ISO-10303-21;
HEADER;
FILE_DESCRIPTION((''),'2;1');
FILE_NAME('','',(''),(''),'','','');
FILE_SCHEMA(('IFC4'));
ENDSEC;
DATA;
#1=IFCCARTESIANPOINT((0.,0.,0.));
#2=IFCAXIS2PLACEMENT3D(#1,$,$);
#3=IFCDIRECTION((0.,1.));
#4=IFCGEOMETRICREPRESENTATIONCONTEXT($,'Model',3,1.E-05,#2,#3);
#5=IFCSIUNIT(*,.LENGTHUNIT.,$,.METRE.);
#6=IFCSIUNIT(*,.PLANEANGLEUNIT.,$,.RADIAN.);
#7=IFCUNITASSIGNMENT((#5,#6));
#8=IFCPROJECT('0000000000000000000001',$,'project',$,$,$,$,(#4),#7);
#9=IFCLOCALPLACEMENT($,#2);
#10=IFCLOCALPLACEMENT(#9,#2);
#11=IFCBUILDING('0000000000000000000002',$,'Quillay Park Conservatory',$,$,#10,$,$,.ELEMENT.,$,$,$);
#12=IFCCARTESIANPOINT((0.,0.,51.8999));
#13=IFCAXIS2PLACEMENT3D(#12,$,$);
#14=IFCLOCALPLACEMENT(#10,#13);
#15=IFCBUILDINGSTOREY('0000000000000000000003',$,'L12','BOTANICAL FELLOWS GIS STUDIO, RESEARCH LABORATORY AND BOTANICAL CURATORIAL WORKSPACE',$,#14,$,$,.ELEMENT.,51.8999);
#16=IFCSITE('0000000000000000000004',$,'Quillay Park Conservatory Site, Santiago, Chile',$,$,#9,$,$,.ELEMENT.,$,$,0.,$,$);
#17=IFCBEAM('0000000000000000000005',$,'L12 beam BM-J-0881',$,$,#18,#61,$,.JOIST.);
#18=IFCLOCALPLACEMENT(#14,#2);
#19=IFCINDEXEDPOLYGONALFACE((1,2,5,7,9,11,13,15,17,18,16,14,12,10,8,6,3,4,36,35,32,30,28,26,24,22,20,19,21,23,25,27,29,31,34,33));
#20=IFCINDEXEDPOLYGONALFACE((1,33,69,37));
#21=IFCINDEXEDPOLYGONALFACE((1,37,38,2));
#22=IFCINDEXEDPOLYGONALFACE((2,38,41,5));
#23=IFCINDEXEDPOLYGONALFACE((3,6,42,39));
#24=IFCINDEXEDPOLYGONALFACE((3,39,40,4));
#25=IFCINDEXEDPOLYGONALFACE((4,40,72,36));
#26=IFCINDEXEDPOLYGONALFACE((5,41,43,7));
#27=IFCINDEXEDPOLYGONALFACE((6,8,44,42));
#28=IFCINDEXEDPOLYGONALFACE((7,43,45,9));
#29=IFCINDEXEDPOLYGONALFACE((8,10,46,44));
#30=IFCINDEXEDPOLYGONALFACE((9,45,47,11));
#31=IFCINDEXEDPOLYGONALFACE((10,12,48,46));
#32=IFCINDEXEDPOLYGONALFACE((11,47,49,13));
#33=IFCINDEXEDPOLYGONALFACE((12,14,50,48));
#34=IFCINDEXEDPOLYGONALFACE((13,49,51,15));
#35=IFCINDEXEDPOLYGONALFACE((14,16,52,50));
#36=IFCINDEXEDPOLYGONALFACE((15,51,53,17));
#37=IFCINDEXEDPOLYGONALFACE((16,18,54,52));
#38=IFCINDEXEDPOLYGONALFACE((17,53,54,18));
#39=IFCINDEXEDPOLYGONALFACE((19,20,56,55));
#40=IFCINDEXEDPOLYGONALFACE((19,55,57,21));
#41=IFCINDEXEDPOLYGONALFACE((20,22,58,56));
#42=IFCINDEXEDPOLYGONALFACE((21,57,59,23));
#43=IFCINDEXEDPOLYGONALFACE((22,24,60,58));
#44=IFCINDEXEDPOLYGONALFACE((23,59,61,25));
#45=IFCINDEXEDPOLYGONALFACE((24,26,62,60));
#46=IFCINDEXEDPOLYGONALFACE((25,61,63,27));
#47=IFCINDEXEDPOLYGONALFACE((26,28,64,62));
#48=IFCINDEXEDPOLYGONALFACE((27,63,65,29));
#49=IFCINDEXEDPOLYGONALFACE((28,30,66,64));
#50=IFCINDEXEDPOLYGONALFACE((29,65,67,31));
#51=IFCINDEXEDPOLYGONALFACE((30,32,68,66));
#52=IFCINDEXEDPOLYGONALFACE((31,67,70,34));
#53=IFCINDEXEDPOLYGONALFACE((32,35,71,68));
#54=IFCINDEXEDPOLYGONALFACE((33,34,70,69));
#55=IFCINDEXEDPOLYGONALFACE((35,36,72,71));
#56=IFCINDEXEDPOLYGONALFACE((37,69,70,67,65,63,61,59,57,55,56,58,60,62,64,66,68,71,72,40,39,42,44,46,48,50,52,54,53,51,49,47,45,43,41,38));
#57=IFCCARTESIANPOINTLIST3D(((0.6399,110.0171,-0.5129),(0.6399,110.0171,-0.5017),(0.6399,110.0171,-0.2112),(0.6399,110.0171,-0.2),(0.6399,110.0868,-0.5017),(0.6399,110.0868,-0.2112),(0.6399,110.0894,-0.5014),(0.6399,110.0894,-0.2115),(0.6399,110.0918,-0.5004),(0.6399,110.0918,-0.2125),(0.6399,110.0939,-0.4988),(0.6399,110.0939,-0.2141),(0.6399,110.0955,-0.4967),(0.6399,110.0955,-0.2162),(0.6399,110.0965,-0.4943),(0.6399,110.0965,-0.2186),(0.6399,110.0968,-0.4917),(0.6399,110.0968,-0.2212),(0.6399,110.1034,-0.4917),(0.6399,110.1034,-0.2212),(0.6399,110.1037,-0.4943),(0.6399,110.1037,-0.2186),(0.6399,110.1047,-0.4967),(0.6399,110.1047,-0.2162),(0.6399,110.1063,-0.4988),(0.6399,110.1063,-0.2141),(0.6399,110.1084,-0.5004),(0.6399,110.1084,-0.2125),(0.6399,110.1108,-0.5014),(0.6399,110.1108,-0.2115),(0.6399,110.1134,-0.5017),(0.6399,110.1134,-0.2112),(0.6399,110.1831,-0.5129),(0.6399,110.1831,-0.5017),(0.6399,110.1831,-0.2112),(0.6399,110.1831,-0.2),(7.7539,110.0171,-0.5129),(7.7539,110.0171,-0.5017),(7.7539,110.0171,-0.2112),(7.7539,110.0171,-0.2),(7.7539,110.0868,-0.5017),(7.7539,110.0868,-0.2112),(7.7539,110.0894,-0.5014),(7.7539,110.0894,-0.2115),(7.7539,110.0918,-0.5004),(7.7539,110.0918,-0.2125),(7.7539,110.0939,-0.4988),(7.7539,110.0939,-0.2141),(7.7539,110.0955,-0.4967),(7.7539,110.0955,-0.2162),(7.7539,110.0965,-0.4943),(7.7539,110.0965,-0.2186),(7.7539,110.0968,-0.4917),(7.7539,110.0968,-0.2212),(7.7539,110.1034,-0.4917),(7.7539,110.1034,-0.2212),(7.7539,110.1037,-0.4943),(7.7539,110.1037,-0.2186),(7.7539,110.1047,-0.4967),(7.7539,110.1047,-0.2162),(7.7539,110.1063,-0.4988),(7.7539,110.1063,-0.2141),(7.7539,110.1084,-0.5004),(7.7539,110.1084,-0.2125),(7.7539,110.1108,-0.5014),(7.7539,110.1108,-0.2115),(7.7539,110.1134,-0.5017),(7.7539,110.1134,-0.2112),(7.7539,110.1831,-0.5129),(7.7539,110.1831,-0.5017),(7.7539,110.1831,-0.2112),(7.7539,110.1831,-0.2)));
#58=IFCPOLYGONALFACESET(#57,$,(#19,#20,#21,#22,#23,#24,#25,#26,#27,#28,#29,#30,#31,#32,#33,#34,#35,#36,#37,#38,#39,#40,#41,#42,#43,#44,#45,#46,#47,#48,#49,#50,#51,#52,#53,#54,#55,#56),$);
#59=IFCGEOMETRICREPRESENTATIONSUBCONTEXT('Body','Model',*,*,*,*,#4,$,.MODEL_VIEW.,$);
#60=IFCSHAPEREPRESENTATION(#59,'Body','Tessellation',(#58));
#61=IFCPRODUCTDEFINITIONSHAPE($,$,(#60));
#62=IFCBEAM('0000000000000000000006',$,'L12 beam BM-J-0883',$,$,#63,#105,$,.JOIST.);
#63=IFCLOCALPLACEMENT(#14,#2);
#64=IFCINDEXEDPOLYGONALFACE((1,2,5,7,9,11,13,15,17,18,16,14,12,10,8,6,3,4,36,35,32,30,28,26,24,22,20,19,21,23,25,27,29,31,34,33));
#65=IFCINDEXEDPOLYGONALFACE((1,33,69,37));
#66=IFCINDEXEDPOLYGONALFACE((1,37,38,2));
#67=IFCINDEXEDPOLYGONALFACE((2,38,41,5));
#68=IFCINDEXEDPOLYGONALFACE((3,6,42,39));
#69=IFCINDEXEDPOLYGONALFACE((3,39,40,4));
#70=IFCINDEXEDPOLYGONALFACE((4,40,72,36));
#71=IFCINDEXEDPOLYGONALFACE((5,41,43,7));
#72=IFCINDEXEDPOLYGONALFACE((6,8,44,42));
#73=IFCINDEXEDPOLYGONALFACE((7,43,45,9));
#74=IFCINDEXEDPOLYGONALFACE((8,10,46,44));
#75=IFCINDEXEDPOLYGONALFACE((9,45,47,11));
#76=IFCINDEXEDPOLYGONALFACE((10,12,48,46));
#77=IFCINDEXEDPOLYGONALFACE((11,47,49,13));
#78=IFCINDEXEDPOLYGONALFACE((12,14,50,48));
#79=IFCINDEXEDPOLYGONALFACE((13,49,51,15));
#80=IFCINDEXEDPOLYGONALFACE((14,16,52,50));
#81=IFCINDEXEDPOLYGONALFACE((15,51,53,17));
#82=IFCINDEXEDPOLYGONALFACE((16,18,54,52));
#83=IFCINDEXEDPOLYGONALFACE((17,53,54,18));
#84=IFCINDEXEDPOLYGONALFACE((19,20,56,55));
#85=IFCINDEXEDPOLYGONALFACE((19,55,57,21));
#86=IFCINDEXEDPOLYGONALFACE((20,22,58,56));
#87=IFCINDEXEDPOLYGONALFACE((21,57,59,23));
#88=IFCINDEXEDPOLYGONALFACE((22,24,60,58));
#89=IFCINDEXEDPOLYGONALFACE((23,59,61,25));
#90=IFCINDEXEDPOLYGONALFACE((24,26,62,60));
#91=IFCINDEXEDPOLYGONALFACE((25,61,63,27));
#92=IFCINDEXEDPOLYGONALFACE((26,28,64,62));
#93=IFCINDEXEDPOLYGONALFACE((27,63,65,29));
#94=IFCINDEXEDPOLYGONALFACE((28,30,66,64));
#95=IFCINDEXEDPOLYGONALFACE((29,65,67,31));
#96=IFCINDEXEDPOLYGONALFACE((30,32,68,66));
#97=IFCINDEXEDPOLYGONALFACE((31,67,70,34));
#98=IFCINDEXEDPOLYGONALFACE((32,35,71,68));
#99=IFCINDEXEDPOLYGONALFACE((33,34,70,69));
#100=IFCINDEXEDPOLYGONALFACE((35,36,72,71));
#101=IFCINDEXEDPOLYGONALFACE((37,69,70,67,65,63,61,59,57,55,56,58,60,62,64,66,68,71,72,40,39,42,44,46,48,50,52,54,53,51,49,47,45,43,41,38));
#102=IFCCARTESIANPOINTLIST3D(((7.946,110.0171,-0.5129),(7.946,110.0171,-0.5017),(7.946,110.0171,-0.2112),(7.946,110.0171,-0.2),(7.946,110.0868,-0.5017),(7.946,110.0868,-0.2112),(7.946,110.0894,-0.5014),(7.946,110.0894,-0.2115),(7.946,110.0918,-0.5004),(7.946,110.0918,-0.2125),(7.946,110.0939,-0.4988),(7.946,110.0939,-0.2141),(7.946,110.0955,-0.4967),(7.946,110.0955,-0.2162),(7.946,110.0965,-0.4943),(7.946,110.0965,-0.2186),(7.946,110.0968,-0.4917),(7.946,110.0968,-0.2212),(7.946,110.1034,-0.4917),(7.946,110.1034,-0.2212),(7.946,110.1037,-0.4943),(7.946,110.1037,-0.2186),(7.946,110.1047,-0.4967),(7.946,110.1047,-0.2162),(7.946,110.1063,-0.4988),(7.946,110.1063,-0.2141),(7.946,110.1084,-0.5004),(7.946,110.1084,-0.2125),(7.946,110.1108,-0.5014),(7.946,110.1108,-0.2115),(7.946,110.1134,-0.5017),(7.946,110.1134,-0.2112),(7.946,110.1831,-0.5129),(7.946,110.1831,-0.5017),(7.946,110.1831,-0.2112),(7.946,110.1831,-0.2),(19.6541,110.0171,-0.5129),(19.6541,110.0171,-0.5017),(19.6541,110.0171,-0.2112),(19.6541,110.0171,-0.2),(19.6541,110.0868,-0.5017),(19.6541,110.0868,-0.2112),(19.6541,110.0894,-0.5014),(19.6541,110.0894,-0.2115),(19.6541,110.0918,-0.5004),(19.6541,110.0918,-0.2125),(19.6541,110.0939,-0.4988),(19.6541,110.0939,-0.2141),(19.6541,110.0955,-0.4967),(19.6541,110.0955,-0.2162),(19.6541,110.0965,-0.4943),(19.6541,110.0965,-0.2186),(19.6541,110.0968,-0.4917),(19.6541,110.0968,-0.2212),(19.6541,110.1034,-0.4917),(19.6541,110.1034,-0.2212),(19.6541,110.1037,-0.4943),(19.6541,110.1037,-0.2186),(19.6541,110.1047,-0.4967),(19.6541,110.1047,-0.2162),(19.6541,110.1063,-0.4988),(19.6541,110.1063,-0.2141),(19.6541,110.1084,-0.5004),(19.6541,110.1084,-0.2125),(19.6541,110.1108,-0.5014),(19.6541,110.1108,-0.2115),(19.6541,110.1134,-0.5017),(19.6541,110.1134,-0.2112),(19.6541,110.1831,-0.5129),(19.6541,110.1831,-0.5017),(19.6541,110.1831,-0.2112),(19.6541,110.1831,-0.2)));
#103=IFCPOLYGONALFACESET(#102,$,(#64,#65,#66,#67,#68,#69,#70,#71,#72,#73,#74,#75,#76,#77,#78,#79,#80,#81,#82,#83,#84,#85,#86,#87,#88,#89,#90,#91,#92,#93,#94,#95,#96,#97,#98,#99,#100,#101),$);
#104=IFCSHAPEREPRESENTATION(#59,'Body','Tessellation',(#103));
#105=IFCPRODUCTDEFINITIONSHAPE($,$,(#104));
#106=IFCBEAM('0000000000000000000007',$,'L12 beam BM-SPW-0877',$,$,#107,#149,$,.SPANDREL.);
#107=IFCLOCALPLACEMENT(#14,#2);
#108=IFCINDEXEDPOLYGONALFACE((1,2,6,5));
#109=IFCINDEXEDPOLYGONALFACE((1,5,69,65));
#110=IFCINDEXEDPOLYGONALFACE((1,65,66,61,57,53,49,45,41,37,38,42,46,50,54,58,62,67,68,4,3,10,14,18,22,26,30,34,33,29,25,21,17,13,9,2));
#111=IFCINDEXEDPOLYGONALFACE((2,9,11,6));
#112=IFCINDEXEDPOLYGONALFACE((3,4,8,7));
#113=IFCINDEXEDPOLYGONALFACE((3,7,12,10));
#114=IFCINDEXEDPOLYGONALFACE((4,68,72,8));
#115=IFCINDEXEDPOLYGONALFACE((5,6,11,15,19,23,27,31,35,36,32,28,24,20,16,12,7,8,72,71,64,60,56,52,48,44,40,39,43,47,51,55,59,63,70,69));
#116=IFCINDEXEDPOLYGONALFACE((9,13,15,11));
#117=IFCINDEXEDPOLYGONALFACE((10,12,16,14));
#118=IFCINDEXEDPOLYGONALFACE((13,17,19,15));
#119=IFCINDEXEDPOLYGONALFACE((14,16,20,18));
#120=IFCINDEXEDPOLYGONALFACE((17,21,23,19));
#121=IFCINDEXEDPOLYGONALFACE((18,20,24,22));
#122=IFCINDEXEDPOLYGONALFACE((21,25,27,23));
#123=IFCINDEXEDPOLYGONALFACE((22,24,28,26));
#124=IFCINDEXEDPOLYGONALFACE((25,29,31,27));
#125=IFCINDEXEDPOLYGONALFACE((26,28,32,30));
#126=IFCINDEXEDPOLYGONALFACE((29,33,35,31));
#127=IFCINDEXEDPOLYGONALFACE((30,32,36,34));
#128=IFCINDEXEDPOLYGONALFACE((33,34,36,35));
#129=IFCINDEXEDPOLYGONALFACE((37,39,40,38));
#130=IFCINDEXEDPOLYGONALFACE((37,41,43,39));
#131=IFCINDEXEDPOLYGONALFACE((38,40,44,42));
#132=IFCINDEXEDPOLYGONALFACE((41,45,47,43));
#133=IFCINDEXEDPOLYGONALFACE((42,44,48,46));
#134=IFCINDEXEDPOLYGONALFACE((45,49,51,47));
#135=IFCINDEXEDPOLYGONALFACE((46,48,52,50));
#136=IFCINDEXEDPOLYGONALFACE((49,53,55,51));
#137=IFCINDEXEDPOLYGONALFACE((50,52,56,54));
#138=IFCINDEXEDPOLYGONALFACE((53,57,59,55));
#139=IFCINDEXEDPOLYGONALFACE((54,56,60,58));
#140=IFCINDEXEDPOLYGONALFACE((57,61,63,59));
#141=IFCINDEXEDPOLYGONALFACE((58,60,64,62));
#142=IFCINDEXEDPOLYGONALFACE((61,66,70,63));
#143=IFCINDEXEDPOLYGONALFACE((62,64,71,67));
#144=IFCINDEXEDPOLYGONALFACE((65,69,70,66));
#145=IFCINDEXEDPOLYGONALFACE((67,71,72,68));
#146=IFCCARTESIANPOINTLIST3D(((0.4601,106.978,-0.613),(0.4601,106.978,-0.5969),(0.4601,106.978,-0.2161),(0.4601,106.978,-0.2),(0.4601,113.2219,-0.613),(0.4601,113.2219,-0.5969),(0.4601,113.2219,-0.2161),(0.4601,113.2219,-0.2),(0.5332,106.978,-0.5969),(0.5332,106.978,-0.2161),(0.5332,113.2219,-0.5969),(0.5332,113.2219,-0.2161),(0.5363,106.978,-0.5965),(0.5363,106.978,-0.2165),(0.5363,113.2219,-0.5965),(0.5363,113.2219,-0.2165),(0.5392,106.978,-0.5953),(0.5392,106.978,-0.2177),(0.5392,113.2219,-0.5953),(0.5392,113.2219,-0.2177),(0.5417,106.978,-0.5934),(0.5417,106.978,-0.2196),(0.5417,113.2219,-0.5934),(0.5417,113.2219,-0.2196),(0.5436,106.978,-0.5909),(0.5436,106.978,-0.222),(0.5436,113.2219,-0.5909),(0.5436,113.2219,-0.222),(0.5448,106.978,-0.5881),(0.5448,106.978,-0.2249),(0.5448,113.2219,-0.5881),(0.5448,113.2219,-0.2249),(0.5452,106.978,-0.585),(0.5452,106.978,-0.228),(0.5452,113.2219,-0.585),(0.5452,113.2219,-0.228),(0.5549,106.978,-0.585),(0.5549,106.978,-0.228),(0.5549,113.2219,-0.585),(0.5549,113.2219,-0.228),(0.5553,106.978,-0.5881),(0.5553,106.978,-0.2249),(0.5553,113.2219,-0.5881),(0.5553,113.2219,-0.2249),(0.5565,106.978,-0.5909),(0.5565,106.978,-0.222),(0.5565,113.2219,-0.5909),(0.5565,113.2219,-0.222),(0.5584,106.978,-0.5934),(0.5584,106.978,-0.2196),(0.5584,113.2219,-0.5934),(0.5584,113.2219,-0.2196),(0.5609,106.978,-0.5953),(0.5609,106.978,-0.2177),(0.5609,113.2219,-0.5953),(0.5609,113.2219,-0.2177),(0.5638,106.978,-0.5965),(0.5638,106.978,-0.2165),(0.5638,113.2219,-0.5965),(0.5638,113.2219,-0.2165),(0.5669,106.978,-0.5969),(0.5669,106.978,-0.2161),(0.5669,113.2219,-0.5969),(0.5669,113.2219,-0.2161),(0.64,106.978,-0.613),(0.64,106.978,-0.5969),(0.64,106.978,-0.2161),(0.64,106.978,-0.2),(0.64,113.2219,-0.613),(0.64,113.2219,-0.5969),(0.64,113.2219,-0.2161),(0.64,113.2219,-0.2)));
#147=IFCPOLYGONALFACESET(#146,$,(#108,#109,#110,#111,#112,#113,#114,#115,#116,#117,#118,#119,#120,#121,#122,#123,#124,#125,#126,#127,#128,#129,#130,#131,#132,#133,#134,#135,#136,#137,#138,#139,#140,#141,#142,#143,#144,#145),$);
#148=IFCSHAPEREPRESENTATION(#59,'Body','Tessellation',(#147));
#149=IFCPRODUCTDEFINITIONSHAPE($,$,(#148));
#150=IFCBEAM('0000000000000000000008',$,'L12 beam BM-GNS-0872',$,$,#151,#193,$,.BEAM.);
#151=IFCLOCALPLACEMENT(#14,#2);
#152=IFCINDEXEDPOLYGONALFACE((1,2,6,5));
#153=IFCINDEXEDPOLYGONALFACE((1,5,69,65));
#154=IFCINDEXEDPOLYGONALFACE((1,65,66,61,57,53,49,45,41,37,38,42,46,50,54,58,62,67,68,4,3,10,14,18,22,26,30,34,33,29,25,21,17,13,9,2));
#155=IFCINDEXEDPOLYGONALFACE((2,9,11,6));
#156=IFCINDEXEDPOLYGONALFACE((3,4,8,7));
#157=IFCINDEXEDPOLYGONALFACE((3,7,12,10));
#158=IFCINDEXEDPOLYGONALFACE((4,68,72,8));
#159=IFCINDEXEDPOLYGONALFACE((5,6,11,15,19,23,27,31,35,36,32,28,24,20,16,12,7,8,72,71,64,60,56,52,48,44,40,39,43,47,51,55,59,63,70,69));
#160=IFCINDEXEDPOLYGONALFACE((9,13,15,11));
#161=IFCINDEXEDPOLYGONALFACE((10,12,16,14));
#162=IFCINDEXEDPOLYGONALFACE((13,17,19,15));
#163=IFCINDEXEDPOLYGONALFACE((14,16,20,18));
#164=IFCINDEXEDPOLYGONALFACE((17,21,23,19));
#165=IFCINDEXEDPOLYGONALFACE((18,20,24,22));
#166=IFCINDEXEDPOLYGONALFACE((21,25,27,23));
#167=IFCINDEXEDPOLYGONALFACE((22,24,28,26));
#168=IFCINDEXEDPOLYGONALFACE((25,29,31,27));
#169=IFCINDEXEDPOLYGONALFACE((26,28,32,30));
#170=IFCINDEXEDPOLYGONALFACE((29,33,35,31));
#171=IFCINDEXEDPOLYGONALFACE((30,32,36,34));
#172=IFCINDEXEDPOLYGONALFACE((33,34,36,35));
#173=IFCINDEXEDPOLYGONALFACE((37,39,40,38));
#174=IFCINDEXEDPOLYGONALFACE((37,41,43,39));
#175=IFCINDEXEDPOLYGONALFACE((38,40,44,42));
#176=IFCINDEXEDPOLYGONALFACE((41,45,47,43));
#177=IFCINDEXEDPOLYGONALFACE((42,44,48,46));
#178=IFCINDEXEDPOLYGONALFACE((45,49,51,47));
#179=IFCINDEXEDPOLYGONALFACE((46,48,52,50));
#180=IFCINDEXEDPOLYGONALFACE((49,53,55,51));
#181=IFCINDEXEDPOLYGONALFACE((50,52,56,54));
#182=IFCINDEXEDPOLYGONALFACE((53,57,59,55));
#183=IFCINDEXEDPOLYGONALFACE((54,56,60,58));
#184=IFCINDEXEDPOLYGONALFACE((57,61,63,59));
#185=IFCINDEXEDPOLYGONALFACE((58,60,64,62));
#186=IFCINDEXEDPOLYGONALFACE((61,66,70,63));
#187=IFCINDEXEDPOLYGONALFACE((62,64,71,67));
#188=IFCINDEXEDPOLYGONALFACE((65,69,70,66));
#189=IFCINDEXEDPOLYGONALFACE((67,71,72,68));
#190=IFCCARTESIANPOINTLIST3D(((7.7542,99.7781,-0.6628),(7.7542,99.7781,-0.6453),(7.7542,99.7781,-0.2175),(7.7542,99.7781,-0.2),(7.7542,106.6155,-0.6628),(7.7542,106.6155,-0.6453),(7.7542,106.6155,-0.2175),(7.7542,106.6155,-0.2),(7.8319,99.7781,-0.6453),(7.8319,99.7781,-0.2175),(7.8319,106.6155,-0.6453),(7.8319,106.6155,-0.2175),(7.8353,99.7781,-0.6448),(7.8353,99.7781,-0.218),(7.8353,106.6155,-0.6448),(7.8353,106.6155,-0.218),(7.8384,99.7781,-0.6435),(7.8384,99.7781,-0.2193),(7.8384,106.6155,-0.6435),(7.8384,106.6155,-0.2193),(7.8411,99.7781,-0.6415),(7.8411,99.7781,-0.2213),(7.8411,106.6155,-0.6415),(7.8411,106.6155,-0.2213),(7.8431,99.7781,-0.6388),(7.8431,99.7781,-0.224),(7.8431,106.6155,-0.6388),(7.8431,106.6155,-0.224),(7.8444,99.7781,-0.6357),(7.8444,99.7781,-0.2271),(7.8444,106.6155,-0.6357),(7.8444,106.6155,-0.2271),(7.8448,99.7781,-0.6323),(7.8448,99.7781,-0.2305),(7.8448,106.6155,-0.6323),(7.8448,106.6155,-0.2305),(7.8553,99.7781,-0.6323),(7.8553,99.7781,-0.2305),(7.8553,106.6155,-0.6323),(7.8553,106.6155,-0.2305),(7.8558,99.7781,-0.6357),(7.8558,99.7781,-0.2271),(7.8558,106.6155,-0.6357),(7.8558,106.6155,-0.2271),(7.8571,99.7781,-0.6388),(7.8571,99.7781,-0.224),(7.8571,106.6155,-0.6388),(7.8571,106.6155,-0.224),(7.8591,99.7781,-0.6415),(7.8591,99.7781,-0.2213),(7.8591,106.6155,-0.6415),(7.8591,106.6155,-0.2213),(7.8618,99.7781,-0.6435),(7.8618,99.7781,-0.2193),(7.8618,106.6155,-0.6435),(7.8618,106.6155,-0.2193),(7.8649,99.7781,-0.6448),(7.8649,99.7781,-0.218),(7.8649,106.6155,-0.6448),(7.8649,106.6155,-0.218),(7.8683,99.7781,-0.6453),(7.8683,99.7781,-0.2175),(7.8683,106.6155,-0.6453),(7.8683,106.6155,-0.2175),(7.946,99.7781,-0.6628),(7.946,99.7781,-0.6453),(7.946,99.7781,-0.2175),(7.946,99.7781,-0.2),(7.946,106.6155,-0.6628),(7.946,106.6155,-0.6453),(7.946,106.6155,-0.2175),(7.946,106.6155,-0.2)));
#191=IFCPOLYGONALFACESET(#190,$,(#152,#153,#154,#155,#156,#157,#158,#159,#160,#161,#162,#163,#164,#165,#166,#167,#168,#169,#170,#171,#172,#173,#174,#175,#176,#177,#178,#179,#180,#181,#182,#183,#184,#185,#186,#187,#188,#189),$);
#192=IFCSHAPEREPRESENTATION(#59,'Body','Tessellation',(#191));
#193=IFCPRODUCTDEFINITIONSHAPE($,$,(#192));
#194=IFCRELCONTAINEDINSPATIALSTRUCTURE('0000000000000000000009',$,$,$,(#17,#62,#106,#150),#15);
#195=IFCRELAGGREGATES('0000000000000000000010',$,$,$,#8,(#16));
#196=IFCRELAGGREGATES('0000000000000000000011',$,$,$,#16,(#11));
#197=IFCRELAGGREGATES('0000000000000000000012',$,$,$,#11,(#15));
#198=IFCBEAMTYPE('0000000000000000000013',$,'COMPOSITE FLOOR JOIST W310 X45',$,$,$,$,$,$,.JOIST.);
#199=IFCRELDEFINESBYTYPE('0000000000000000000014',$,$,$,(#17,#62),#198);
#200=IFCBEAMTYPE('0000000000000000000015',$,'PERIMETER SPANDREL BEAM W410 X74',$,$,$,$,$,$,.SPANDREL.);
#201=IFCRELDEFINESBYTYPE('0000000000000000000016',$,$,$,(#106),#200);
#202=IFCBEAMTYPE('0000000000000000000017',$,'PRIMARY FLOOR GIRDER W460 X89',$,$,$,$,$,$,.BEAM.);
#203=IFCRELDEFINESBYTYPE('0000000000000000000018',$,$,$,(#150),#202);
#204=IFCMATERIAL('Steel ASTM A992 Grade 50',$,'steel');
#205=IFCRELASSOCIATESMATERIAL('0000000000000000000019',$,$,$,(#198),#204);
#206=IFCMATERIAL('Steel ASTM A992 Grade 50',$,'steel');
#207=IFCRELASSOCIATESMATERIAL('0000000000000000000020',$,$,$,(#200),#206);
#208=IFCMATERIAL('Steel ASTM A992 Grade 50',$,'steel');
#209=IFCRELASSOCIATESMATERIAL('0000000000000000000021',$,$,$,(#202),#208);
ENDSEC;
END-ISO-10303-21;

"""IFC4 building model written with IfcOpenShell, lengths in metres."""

from ifc_helpers import new_model, si_unit, direction, frame, origin, origin_2d, place, context, subcontext, project, spatial, i_section, extrude, material, material_profile, profile_set, type_object, element, save


model = new_model("IFC4")

# Units and contexts
model_context = context("Model", 3, precision=1e-05, world=origin(), true_north=direction((0.0, 1.0)))
body_context = subcontext(model_context, "Body", "Model", "MODEL_VIEW")
ifc_project = project(units=[si_unit("LENGTHUNIT", "METRE"), si_unit("PLANEANGLEUNIT", "RADIAN")], contexts=[model_context])

# Site, building, storey
site_placement = place(None, origin())
site = spatial("IfcSite", under=ifc_project, at=site_placement, Name="Quillay Park Conservatory Site, Santiago, Chile", CompositionType="ELEMENT", RefElevation=0.0)
building_placement = place(site_placement, origin())
building = spatial("IfcBuilding", under=site, at=building_placement, Name="Quillay Park Conservatory", CompositionType="ELEMENT")
storey_placement = place(building_placement, frame((0.0, 0.0, 51.8999)))
storey = spatial("IfcBuildingStorey", under=building, at=storey_placement, Name="L12", Description="BOTANICAL FELLOWS GIS STUDIO, RESEARCH LABORATORY AND BOTANICAL CURATORIAL WORKSPACE", CompositionType="ELEMENT", Elevation=51.8999)

# Beams
ifc_material_1 = material(Name="Steel ASTM A992 Grade 50", Category="steel")
ifc_material_profile_1 = material_profile(ifc_material_1, i_section(OverallWidth=0.166, OverallDepth=0.313, WebThickness=0.0066, FlangeThickness=0.0112, FilletRadius=0.01, at=origin_2d()), Name="W310x45")
ifc_profile_set_1 = profile_set([ifc_material_profile_1], Name="Steel ASTM A992 Grade 50")
beam_type_1 = type_object("IfcBeamType", Name="COMPOSITE FLOOR JOIST W310 X45", PredefinedType="JOIST", material=ifc_profile_set_1)
beam_1_placement = place(storey_placement, frame((0.6399, 110.1001, -0.3564), z_axis=(1.0, 0.0, 0.0), x_axis=(0.0, 1.0, 0.0)))
element("IfcBeam", 1, at=beam_1_placement, inside=storey, type_object=beam_type_1, Name="L12 beam BM-J-0881", PredefinedType="JOIST", context=body_context, shape_type="SweptSolid", body=[
    extrude(i_section(OverallWidth=0.166, OverallDepth=0.313, WebThickness=0.0066, FlangeThickness=0.0112, FilletRadius=0.01, at=origin_2d()), origin(), (0.0, 0.0, 1.0), 7.114),
])
beam_2_placement = place(storey_placement, frame((7.946, 110.1001, -0.3564), z_axis=(1.0, 0.0, 0.0), x_axis=(0.0, 1.0, 0.0)))
element("IfcBeam", 2, at=beam_2_placement, inside=storey, type_object=beam_type_1, Name="L12 beam BM-J-0883", PredefinedType="JOIST", context=body_context, shape_type="SweptSolid", body=[
    extrude(i_section(OverallWidth=0.166, OverallDepth=0.313, WebThickness=0.0066, FlangeThickness=0.0112, FilletRadius=0.01, at=origin_2d()), origin(), (0.0, 0.0, 1.0), 11.708),
])
ifc_material_2 = material(Name="Steel ASTM A992 Grade 50", Category="steel")
ifc_material_profile_2 = material_profile(ifc_material_2, i_section(OverallWidth=0.1799, OverallDepth=0.4131, WebThickness=0.0098, FlangeThickness=0.0161, FilletRadius=0.012, at=origin_2d()), Name="W410x74")
ifc_profile_set_2 = profile_set([ifc_material_profile_2], Name="Steel ASTM A992 Grade 50")
beam_type_2 = type_object("IfcBeamType", Name="PERIMETER SPANDREL BEAM W410 X74", PredefinedType="SPANDREL", material=ifc_profile_set_2)
beam_3_placement = place(storey_placement, frame((0.55, 106.978, -0.4065), z_axis=(0.0, 1.0, 0.0), x_axis=(-1.0, 0.0, 0.0)))
element("IfcBeam", 3, at=beam_3_placement, inside=storey, type_object=beam_type_2, Name="L12 beam BM-SPW-0877", PredefinedType="SPANDREL", context=body_context, shape_type="SweptSolid", body=[
    extrude(i_section(OverallWidth=0.1799, OverallDepth=0.4131, WebThickness=0.0098, FlangeThickness=0.0161, FilletRadius=0.012, at=origin_2d()), origin(), (0.0, 0.0, 1.0), 6.2439),
])
ifc_material_3 = material(Name="Steel ASTM A992 Grade 50", Category="steel")
ifc_material_profile_3 = material_profile(ifc_material_3, i_section(OverallWidth=0.1919, OverallDepth=0.4629, WebThickness=0.0105, FlangeThickness=0.0176, FilletRadius=0.0129, at=origin_2d()), Name="W460x89")
ifc_profile_set_3 = profile_set([ifc_material_profile_3], Name="Steel ASTM A992 Grade 50")
beam_type_3 = type_object("IfcBeamType", Name="PRIMARY FLOOR GIRDER W460 X89", PredefinedType="BEAM", material=ifc_profile_set_3)
beam_4_placement = place(storey_placement, frame((7.8501, 99.7781, -0.4314), z_axis=(0.0, 1.0, 0.0), x_axis=(-1.0, 0.0, 0.0)))
element("IfcBeam", 4, at=beam_4_placement, inside=storey, type_object=beam_type_3, Name="L12 beam BM-GNS-0872", PredefinedType="BEAM", context=body_context, shape_type="SweptSolid", body=[
    extrude(i_section(OverallWidth=0.1919, OverallDepth=0.4629, WebThickness=0.0105, FlangeThickness=0.0176, FilletRadius=0.0129, at=origin_2d()), origin(), (0.0, 0.0, 1.0), 6.8374),
])

save(model, "model.ifc")
